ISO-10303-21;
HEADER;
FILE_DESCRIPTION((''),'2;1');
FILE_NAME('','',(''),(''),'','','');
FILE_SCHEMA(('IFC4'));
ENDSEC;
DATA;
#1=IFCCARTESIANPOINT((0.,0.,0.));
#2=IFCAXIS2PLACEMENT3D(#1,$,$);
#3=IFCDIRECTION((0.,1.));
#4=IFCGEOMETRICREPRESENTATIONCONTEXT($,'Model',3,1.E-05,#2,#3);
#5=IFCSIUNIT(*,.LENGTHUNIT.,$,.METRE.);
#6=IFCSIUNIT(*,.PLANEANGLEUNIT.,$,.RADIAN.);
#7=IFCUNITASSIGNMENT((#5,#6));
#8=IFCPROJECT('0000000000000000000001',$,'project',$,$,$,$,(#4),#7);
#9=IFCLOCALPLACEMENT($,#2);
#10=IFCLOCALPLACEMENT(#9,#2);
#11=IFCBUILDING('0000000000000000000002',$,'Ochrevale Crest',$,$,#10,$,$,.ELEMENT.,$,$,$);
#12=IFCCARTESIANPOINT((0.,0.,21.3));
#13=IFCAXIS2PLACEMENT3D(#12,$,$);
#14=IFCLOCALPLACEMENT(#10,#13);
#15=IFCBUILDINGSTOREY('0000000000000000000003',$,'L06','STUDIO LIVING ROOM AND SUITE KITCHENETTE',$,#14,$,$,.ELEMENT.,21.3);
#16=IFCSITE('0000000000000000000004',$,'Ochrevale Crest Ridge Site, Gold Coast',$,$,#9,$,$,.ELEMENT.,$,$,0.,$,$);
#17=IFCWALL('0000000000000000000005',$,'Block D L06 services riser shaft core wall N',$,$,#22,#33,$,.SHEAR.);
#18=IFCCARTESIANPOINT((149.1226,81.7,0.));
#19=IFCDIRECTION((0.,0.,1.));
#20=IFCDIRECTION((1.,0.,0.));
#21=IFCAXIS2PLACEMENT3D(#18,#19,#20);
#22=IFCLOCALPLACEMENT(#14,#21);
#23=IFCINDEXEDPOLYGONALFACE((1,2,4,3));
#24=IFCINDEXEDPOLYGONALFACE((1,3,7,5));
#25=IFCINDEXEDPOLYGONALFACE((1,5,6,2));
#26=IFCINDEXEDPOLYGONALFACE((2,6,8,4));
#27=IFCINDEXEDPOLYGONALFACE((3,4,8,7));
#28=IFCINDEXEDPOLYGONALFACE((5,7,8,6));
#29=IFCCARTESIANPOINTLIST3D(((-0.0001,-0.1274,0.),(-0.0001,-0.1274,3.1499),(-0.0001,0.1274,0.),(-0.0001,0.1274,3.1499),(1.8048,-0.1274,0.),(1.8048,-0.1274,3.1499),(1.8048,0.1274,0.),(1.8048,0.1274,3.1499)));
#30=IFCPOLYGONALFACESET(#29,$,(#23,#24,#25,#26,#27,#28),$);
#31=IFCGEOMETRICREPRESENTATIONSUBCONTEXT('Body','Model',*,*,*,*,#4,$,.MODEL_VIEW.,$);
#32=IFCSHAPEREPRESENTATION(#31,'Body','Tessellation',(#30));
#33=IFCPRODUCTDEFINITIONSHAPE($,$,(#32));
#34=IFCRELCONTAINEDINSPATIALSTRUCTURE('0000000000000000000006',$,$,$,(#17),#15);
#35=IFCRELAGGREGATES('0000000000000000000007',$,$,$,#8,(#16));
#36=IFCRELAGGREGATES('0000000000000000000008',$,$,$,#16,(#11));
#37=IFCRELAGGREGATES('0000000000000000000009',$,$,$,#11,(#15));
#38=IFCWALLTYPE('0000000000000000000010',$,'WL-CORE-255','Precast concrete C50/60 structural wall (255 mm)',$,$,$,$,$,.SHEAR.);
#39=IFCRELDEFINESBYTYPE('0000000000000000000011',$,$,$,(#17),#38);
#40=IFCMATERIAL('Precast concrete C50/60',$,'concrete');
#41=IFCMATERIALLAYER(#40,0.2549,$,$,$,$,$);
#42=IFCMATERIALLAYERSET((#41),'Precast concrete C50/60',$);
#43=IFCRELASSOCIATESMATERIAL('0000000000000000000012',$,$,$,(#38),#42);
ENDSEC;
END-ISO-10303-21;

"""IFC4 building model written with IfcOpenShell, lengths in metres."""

from ifc_helpers import new_model, si_unit, direction, frame, frame_2d, origin, place, context, subcontext, project, spatial, rectangle, extrude, material, layer, layer_set, type_object, element, save


model = new_model("IFC4")

# Units and contexts
model_context = context("Model", 3, precision=1e-05, world=origin(), true_north=direction((0.0, 1.0)))
body_context = subcontext(model_context, "Body", "Model", "MODEL_VIEW")
ifc_project = project(units=[si_unit("LENGTHUNIT", "METRE"), si_unit("PLANEANGLEUNIT", "RADIAN")], contexts=[model_context])

# Site, building, storey
site_placement = place(None, origin())
site = spatial("IfcSite", under=ifc_project, at=site_placement, Name="Ochrevale Crest Ridge Site, Gold Coast", CompositionType="ELEMENT", RefElevation=0.0)
building_placement = place(site_placement, origin())
building = spatial("IfcBuilding", under=site, at=building_placement, Name="Ochrevale Crest", CompositionType="ELEMENT")
storey_placement = place(building_placement, frame((0.0, 0.0, 21.3)))
storey = spatial("IfcBuildingStorey", under=building, at=storey_placement, Name="L06", Description="STUDIO LIVING ROOM AND SUITE KITCHENETTE", CompositionType="ELEMENT", Elevation=21.3)

# Shared definitions
ifc_material_1 = material(Name="Precast concrete C50/60", Category="concrete")

# Shared definitions
ifc_layer_1 = layer(ifc_material_1, 0.2549)
ifc_layer_set_1 = layer_set([ifc_layer_1], Name="Precast concrete C50/60")
wall_type_1 = type_object("IfcWallType", Name="WL-CORE-255", Description="Precast concrete C50/60 structural wall (255 mm)", PredefinedType="SHEAR", material=ifc_layer_set_1)

# Wall
wall_1_placement = place(storey_placement, frame((149.1226, 81.7, 0.0), z_axis=(0.0, 0.0, 1.0), x_axis=(1.0, 0.0, 0.0)))
element("IfcWall", 1, at=wall_1_placement, inside=storey, type_object=wall_type_1, Name="Block D L06 services riser shaft core wall N", PredefinedType="SHEAR", context=body_context, shape_type="SweptSolid", body=[
    extrude(rectangle(XDim=1.8049, YDim=0.2549, at=frame_2d((0.9023, 0.0))), origin(), (0.0, 0.0, 1.0), 3.1499),
])

save(model, "model.ifc")
